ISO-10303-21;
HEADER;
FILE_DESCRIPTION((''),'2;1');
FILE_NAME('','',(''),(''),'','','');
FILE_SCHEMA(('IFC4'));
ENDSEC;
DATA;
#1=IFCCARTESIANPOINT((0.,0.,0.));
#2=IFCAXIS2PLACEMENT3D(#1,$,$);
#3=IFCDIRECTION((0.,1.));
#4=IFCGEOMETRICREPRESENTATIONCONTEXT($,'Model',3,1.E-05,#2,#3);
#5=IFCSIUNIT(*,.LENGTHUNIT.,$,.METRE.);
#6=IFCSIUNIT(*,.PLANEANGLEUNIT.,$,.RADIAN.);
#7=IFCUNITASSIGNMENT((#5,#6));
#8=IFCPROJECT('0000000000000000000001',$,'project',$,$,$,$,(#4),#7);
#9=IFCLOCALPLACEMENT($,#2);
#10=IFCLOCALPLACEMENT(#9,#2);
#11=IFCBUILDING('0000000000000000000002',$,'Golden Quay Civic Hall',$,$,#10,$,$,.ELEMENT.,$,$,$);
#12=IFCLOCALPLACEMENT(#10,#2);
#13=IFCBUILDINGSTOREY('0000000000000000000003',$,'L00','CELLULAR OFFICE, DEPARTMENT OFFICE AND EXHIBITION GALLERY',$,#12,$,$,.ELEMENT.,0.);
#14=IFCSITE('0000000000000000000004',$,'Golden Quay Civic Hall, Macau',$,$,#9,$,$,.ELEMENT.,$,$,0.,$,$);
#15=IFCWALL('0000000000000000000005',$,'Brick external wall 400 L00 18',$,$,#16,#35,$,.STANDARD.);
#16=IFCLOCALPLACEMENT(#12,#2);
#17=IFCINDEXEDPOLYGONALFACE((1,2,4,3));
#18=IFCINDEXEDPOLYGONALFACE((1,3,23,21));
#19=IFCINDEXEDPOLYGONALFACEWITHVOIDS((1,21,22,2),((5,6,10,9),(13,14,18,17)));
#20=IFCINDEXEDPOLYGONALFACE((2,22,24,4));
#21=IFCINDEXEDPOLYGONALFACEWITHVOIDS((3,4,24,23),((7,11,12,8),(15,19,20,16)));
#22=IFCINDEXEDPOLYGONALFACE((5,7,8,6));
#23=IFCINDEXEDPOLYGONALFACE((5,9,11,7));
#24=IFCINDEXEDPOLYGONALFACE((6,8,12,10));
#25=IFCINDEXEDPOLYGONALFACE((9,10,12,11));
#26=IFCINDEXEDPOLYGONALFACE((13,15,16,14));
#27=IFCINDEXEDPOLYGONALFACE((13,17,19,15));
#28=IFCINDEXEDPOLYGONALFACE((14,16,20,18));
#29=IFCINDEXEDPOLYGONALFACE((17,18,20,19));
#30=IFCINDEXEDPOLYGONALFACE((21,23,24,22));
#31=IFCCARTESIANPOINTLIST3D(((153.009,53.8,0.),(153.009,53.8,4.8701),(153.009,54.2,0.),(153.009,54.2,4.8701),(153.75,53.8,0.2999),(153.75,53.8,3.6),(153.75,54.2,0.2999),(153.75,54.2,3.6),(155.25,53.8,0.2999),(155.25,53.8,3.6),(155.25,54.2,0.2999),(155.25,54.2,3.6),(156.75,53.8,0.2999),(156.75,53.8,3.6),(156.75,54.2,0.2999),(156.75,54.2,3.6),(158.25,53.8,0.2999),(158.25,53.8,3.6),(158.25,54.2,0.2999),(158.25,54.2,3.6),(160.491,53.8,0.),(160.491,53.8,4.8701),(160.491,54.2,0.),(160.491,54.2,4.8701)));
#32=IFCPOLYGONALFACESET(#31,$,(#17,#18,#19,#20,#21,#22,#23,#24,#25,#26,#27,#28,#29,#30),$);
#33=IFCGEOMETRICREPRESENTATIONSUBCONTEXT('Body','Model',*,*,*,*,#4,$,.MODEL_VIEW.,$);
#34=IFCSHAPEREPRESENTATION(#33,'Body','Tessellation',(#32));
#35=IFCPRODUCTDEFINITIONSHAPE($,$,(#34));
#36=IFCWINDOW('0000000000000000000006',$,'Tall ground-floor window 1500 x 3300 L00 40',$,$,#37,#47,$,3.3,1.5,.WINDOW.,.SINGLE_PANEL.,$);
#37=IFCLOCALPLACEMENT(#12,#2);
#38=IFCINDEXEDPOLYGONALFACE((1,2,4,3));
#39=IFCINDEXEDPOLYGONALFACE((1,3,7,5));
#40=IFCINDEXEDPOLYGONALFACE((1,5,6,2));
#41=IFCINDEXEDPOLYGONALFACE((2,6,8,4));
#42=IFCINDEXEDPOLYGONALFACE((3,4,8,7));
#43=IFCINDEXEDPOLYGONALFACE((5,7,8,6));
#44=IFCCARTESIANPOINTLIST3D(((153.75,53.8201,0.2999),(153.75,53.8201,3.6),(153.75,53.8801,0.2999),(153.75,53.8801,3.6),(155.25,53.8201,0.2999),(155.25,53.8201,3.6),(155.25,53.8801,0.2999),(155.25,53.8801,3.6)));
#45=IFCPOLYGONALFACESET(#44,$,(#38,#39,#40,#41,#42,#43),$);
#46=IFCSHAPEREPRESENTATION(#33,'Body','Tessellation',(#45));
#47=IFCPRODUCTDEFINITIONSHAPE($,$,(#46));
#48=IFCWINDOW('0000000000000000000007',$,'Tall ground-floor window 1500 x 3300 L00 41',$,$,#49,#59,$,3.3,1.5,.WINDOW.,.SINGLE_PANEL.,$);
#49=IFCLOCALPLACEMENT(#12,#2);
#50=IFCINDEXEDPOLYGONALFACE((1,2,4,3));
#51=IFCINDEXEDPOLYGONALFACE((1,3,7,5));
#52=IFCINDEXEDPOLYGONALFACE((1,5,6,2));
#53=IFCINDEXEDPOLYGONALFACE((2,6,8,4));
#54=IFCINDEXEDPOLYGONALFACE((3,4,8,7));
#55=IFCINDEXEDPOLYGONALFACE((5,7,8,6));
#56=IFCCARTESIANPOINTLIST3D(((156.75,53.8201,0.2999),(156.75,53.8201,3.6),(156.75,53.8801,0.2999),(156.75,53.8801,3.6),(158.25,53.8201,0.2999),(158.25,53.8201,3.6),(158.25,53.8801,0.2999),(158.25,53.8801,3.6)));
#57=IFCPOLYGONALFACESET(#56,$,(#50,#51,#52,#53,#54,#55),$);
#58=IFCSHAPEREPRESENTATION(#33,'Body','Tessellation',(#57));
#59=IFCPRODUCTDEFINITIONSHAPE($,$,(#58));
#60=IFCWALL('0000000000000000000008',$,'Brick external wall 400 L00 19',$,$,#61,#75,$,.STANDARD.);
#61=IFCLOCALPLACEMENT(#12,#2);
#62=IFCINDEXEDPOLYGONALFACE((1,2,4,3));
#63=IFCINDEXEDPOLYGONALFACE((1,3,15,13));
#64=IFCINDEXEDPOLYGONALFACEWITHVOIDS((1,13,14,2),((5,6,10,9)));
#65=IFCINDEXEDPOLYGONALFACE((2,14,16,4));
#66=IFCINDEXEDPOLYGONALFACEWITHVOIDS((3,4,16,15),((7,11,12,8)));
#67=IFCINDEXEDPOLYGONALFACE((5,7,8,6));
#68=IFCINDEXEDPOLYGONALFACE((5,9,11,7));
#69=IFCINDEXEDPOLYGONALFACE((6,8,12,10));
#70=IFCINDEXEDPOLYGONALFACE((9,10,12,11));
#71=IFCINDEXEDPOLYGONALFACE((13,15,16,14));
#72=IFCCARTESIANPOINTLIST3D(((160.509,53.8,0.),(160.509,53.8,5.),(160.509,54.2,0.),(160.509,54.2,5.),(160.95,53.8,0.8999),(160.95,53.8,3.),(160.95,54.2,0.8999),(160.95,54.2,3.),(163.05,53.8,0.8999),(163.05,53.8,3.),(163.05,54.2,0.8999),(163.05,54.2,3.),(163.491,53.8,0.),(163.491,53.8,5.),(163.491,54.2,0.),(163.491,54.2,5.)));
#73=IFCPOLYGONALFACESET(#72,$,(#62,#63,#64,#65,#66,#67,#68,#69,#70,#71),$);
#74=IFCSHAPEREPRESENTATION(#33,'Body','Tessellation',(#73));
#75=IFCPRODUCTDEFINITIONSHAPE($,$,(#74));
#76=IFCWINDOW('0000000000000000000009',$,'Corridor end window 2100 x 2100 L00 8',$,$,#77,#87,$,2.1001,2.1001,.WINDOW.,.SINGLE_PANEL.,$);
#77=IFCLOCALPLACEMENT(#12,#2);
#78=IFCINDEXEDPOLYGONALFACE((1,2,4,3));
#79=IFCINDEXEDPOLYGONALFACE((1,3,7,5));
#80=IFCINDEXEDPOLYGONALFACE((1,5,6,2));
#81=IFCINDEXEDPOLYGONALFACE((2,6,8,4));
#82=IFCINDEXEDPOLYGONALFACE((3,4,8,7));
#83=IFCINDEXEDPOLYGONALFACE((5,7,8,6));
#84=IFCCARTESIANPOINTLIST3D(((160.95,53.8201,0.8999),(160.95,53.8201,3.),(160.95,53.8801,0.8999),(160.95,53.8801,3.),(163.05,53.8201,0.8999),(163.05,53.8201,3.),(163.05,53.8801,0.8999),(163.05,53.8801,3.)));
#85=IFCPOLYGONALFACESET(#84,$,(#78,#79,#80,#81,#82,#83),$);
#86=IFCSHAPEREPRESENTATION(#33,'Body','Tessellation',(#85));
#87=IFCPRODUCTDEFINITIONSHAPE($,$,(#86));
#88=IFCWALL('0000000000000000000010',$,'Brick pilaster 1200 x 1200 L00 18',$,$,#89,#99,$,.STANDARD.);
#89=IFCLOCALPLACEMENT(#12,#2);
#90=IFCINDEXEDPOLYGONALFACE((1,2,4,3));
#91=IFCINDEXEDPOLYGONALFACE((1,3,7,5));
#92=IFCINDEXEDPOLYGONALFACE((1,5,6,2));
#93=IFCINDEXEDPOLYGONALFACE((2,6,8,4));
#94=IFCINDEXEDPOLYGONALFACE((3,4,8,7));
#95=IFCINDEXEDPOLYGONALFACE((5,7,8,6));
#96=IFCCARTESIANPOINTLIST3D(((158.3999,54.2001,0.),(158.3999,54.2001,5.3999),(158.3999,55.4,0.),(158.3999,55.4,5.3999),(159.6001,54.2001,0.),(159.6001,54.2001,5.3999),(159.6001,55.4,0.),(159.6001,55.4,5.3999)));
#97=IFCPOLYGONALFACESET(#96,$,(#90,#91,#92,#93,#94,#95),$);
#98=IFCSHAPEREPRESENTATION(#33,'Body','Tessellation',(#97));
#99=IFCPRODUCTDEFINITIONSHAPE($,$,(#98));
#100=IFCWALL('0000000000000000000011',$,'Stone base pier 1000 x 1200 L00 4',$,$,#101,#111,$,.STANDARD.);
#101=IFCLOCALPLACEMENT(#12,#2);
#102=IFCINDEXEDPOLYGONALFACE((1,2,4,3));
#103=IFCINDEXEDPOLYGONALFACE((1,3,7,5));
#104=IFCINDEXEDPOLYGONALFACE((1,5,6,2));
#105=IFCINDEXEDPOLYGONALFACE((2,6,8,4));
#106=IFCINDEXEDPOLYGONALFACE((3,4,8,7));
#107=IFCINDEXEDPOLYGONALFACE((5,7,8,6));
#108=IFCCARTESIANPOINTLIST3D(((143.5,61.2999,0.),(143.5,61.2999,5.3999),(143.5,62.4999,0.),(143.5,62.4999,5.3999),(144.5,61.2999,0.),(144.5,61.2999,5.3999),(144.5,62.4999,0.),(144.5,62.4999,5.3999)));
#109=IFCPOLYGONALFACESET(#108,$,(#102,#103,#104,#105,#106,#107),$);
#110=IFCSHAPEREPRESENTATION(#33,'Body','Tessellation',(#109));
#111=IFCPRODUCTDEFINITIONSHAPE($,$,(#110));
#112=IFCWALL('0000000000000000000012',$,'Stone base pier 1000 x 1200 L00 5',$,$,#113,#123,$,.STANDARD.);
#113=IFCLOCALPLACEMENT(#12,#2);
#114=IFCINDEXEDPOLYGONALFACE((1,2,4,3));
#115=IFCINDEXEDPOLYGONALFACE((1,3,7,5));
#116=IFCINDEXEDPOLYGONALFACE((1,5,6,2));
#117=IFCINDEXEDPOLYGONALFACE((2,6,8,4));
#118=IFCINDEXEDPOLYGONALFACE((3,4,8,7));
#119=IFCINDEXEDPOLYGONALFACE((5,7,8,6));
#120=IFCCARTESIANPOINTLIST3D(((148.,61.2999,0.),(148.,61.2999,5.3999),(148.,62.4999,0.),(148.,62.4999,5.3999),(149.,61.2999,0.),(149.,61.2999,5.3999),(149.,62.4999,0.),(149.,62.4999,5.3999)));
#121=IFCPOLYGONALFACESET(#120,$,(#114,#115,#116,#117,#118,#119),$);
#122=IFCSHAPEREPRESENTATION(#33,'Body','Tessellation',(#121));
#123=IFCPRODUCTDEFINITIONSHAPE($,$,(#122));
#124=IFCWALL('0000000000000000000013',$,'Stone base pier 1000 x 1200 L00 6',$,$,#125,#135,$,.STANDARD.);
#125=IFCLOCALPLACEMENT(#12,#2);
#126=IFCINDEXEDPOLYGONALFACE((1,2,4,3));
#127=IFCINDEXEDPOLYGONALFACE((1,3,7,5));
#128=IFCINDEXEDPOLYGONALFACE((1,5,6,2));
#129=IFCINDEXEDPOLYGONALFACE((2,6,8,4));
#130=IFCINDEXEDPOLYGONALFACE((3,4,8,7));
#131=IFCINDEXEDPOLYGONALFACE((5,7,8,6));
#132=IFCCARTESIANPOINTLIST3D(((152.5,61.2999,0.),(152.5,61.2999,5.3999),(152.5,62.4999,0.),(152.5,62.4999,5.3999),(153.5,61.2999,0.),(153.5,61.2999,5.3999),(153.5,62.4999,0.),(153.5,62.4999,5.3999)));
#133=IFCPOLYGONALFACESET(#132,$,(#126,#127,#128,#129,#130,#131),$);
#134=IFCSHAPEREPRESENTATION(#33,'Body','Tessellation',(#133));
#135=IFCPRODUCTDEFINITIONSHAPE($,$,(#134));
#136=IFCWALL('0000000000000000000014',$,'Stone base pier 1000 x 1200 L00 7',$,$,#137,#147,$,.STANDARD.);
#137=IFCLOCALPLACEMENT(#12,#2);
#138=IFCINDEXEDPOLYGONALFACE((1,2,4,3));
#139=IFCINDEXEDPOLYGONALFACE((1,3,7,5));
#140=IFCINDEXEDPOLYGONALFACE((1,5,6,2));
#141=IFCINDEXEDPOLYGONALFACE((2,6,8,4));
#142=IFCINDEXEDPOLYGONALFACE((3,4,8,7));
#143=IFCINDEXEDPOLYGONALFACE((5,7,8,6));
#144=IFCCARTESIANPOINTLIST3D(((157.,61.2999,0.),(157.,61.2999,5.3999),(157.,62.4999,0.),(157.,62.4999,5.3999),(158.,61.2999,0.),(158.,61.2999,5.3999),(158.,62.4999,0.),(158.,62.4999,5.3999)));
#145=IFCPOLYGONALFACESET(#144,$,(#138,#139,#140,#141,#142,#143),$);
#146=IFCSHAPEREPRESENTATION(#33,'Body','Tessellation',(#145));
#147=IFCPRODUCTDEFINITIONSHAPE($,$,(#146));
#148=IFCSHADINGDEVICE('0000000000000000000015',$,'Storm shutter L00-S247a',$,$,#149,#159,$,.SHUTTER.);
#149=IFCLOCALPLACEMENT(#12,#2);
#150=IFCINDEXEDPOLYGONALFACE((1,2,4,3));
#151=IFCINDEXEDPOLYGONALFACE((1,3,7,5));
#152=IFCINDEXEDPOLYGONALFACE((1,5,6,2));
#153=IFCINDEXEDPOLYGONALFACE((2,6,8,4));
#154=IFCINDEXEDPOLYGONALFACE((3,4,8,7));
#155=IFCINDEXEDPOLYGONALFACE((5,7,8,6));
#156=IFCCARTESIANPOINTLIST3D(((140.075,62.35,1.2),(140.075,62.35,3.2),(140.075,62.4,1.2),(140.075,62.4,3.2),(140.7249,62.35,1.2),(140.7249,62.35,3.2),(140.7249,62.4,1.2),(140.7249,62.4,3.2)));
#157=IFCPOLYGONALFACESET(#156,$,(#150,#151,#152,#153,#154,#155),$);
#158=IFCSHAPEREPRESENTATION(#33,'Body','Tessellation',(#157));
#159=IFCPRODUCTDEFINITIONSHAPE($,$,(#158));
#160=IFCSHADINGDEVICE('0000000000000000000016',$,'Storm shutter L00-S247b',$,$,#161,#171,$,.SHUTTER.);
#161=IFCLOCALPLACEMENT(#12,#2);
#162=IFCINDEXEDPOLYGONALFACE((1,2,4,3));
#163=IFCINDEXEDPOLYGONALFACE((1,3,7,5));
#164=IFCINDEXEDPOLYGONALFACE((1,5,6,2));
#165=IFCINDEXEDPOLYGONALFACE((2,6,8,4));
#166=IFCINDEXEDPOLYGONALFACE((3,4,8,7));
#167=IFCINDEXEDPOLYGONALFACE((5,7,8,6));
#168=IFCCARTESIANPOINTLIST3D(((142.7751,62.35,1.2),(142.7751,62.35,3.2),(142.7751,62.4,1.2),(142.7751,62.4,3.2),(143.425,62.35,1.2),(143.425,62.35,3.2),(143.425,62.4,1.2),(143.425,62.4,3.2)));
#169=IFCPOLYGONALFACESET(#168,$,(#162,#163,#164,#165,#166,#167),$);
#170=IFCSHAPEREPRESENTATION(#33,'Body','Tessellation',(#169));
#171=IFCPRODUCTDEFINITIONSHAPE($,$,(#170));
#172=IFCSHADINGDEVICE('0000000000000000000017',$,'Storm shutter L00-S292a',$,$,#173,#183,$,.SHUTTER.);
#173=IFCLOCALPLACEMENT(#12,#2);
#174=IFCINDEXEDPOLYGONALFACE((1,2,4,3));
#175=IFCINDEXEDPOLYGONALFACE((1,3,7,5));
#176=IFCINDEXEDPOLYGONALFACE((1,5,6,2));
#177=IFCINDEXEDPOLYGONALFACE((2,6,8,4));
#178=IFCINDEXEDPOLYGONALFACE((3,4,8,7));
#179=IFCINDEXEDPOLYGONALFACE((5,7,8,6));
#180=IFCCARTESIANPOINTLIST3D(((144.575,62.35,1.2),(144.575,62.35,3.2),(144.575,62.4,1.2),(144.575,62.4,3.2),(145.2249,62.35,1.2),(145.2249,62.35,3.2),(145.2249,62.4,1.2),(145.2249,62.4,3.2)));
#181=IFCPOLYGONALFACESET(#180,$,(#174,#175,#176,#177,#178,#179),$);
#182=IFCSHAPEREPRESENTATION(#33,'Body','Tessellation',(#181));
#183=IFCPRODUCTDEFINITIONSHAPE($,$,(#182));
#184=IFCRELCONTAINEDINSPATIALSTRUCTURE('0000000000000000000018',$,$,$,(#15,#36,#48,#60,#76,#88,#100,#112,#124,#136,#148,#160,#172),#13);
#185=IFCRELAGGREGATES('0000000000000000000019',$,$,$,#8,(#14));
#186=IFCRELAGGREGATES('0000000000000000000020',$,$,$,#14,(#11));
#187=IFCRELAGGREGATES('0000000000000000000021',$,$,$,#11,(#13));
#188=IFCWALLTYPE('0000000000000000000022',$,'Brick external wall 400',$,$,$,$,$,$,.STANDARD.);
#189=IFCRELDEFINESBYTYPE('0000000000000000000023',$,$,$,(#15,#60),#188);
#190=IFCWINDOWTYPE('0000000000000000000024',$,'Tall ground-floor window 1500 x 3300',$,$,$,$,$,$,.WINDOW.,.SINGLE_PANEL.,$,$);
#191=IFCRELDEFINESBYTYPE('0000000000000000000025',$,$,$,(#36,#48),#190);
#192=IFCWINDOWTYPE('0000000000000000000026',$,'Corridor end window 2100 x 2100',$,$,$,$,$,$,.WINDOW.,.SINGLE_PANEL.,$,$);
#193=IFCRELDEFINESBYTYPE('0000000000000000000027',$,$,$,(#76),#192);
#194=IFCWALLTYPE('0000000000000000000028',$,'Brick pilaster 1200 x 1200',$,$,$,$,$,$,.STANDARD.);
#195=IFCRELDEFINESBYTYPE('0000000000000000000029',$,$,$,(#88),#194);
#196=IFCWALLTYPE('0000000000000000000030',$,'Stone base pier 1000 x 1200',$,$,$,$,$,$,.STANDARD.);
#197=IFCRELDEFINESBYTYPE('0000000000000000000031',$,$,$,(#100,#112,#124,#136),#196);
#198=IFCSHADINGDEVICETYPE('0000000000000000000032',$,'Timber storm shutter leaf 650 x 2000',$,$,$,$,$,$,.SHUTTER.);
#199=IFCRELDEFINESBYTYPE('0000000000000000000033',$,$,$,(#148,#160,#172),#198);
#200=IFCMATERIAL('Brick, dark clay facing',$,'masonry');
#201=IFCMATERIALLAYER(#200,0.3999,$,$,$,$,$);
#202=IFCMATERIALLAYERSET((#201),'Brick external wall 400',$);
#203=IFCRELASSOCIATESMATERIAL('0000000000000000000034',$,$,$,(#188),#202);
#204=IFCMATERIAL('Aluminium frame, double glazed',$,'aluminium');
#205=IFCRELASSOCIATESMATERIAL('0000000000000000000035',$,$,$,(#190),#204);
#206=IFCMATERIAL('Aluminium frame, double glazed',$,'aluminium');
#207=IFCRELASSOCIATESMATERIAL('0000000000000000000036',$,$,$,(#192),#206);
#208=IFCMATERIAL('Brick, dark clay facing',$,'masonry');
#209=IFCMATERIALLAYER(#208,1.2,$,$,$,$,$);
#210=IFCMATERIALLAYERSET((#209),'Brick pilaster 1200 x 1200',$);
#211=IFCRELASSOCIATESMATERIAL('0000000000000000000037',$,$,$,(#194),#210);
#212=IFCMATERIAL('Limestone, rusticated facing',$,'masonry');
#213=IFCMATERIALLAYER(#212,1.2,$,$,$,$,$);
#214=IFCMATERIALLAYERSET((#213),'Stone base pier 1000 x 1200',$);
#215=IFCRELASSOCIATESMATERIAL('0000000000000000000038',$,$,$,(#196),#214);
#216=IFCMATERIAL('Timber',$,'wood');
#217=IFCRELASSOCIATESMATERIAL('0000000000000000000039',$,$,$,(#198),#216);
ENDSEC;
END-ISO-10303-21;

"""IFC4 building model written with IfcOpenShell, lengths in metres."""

from ifc_helpers import new_model, si_unit, direction, frame, frame_2d, origin, origin_2d, place, context, subcontext, project, spatial, rectangle, extrude, material, layer, layer_set, type_object, element, fill, save


model = new_model("IFC4")

# Units and contexts
model_context = context("Model", 3, precision=1e-05, world=origin(), true_north=direction((0.0, 1.0)))
body_context = subcontext(model_context, "Body", "Model", "MODEL_VIEW")
ifc_project = project(units=[si_unit("LENGTHUNIT", "METRE"), si_unit("PLANEANGLEUNIT", "RADIAN")], contexts=[model_context])

# Site, building, storey
site_placement = place(None, origin())
site = spatial("IfcSite", under=ifc_project, at=site_placement, Name="Golden Quay Civic Hall, Macau", CompositionType="ELEMENT", RefElevation=0.0)
building_placement = place(site_placement, origin())
building = spatial("IfcBuilding", under=site, at=building_placement, Name="Golden Quay Civic Hall", CompositionType="ELEMENT")
storey_placement = place(building_placement, origin())
storey = spatial("IfcBuildingStorey", under=building, at=storey_placement, Name="L00", Description="CELLULAR OFFICE, DEPARTMENT OFFICE AND EXHIBITION GALLERY", CompositionType="ELEMENT", Elevation=0.0)

# Wall, openings, windows
ifc_material_1 = material(Name="Brick, dark clay facing", Category="masonry")
ifc_layer_1 = layer(ifc_material_1, 0.3999)
ifc_layer_set_1 = layer_set([ifc_layer_1], Name="Brick external wall 400")
wall_type_1 = type_object("IfcWallType", Name="Brick external wall 400", PredefinedType="STANDARD", material=ifc_layer_set_1)
wall_1_placement = place(storey_placement, frame((153.009, 54.0, 0.0), z_axis=(0.0, 0.0, 1.0), x_axis=(1.0, 0.0, 0.0)))
wall_1 = element("IfcWall", 1, at=wall_1_placement, inside=storey, type_object=wall_type_1, Name="Brick external wall 400 L00 18", PredefinedType="STANDARD", context=body_context, shape_type="SweptSolid", body=[
    extrude(rectangle(XDim=7.4819, YDim=0.3999, at=frame_2d((3.741, 0.0))), origin(), (0.0, 0.0, 1.0), 4.8701),
])
opening_1_placement = place(wall_1_placement, frame((0.741, 0.0, 0.3)))
opening_1 = element("IfcOpeningElement", 2, at=opening_1_placement, cuts=wall_1, PredefinedType="OPENING", context=body_context, shape_type="SweptSolid", body=[
    extrude(rectangle(XDim=1.5, YDim=3.3, at=frame_2d((0.75, 1.6499))), frame((0.0, 0.21, 0.0), z_axis=(0.0, -1.0, 0.0), x_axis=(1.0, 0.0, 0.0)), (0.0, 0.0, 1.0), 0.4199),
])
opening_2_placement = place(wall_1_placement, frame((3.741, 0.0, 0.3)))
opening_2 = element("IfcOpeningElement", 3, at=opening_2_placement, cuts=wall_1, PredefinedType="OPENING", context=body_context, shape_type="SweptSolid", body=[
    extrude(rectangle(XDim=1.5, YDim=3.3, at=frame_2d((0.75, 1.6499))), frame((0.0, 0.21, 0.0), z_axis=(0.0, -1.0, 0.0), x_axis=(1.0, 0.0, 0.0)), (0.0, 0.0, 1.0), 0.4199),
])
ifc_material_2 = material(Name="Aluminium frame, double glazed", Category="aluminium")
window_type_1 = type_object("IfcWindowType", Name="Tall ground-floor window 1500 x 3300", PartitioningType="SINGLE_PANEL", PredefinedType="WINDOW", material=ifc_material_2)
window_1_placement = place(opening_1_placement, origin())
window_1 = element("IfcWindow", 4, at=window_1_placement, inside=storey, type_object=window_type_1, Name="Tall ground-floor window 1500 x 3300 L00 40", OverallHeight=3.3, OverallWidth=1.5, PartitioningType="SINGLE_PANEL", PredefinedType="WINDOW", context=body_context, shape_type="SweptSolid", body=[
    extrude(rectangle(XDim=1.5, YDim=3.3, at=frame_2d((0.75, 1.6499))), frame((0.0, -0.1199, 0.0), z_axis=(0.0, -1.0, 0.0), x_axis=(1.0, 0.0, 0.0)), (0.0, 0.0, 1.0), 0.0601),
])
fill(opening_1, window_1)
window_2_placement = place(opening_2_placement, origin())
window_2 = element("IfcWindow", 5, at=window_2_placement, inside=storey, type_object=window_type_1, Name="Tall ground-floor window 1500 x 3300 L00 41", OverallHeight=3.3, OverallWidth=1.5, PartitioningType="SINGLE_PANEL", PredefinedType="WINDOW", context=body_context, shape_type="SweptSolid", body=[
    extrude(rectangle(XDim=1.5, YDim=3.3, at=frame_2d((0.75, 1.6499))), frame((0.0, -0.1199, 0.0), z_axis=(0.0, -1.0, 0.0), x_axis=(1.0, 0.0, 0.0)), (0.0, 0.0, 1.0), 0.0601),
])
fill(opening_2, window_2)

# Wall, opening, window
wall_2_placement = place(storey_placement, frame((160.509, 54.0, 0.0), z_axis=(0.0, 0.0, 1.0), x_axis=(1.0, 0.0, 0.0)))
wall_2 = element("IfcWall", 6, at=wall_2_placement, inside=storey, type_object=wall_type_1, Name="Brick external wall 400 L00 19", PredefinedType="STANDARD", context=body_context, shape_type="SweptSolid", body=[
    extrude(rectangle(XDim=2.9819, YDim=0.3999, at=frame_2d((1.491, 0.0))), origin(), (0.0, 0.0, 1.0), 5.0),
])
opening_3_placement = place(wall_2_placement, frame((0.4409, 0.0, 0.8999)))
opening_3 = element("IfcOpeningElement", 7, at=opening_3_placement, cuts=wall_2, PredefinedType="OPENING", context=body_context, shape_type="SweptSolid", body=[
    extrude(rectangle(XDim=2.1001, YDim=2.1001, at=frame_2d((1.05, 1.05))), frame((0.0, 0.21, 0.0), z_axis=(0.0, -1.0, 0.0), x_axis=(1.0, 0.0, 0.0)), (0.0, 0.0, 1.0), 0.4199),
])
ifc_material_3 = material(Name="Aluminium frame, double glazed", Category="aluminium")
window_type_2 = type_object("IfcWindowType", Name="Corridor end window 2100 x 2100", PartitioningType="SINGLE_PANEL", PredefinedType="WINDOW", material=ifc_material_3)
window_3_placement = place(opening_3_placement, origin())
window_3 = element("IfcWindow", 8, at=window_3_placement, inside=storey, type_object=window_type_2, Name="Corridor end window 2100 x 2100 L00 8", OverallHeight=2.1001, OverallWidth=2.1001, PartitioningType="SINGLE_PANEL", PredefinedType="WINDOW", context=body_context, shape_type="SweptSolid", body=[
    extrude(rectangle(XDim=2.1001, YDim=2.1001, at=frame_2d((1.05, 1.05))), frame((0.0, -0.1199, 0.0), z_axis=(0.0, -1.0, 0.0), x_axis=(1.0, 0.0, 0.0)), (0.0, 0.0, 1.0), 0.0601),
])
fill(opening_3, window_3)

# Walls
ifc_material_4 = material(Name="Brick, dark clay facing", Category="masonry")
ifc_layer_2 = layer(ifc_material_4, 1.2)
ifc_layer_set_2 = layer_set([ifc_layer_2], Name="Brick pilaster 1200 x 1200")
wall_type_2 = type_object("IfcWallType", Name="Brick pilaster 1200 x 1200", PredefinedType="STANDARD", material=ifc_layer_set_2)
wall_3_placement = place(storey_placement, frame((158.3999, 54.8, 0.0), z_axis=(0.0, 0.0, 1.0), x_axis=(1.0, 0.0, 0.0)))
element("IfcWall", 9, at=wall_3_placement, inside=storey, type_object=wall_type_2, Name="Brick pilaster 1200 x 1200 L00 18", PredefinedType="STANDARD", context=body_context, shape_type="SweptSolid", body=[
    extrude(rectangle(XDim=1.2002, YDim=1.2, at=frame_2d((0.6001, 0.0))), origin(), (0.0, 0.0, 1.0), 5.3999),
])
ifc_material_5 = material(Name="Limestone, rusticated facing", Category="masonry")
ifc_layer_3 = layer(ifc_material_5, 1.2)
ifc_layer_set_3 = layer_set([ifc_layer_3], Name="Stone base pier 1000 x 1200")
wall_type_3 = type_object("IfcWallType", Name="Stone base pier 1000 x 1200", PredefinedType="STANDARD", material=ifc_layer_set_3)
for number, where, z_axis, x_axis, name in (
    (10, (143.5, 61.8999, 0.0), (0.0, 0.0, 1.0), (1.0, 0.0, 0.0), "Stone base pier 1000 x 1200 L00 4"),
    (11, (148.0, 61.8999, 0.0), (0.0, 0.0, 1.0), (1.0, 0.0, 0.0), "Stone base pier 1000 x 1200 L00 5"),
    (12, (152.5, 61.8999, 0.0), (0.0, 0.0, 1.0), (1.0, 0.0, 0.0), "Stone base pier 1000 x 1200 L00 6"),
    (13, (157.0, 61.8999, 0.0), (0.0, 0.0, 1.0), (1.0, 0.0, 0.0), "Stone base pier 1000 x 1200 L00 7"),
):
    element("IfcWall", number, at=place(storey_placement, frame(where, z_axis=z_axis, x_axis=x_axis)), inside=storey, type_object=wall_type_3, Name=name, PredefinedType="STANDARD", context=body_context, shape_type="SweptSolid", body=[
        extrude(rectangle(XDim=1.0, YDim=1.2, at=frame_2d((0.5, 0.0))), origin(), (0.0, 0.0, 1.0), 5.3999),
    ])

# Shading devices
ifc_material_6 = material(Name="Timber", Category="wood")
shading_device_type = type_object("IfcShadingDeviceType", Name="Timber storm shutter leaf 650 x 2000", PredefinedType="SHUTTER", material=ifc_material_6)
for number, where, z_axis, x_axis, name in (
    (14, (140.3999, 62.375, 1.2), (0.0, 0.0, 1.0), (1.0, 0.0, 0.0), "Storm shutter L00-S247a"),
    (15, (143.1001, 62.375, 1.2), (0.0, 0.0, 1.0), (1.0, 0.0, 0.0), "Storm shutter L00-S247b"),
    (16, (144.8999, 62.375, 1.2), (0.0, 0.0, 1.0), (1.0, 0.0, 0.0), "Storm shutter L00-S292a"),
):
    element("IfcShadingDevice", number, at=place(storey_placement, frame(where, z_axis=z_axis, x_axis=x_axis)), inside=storey, type_object=shading_device_type, Name=name, PredefinedType="SHUTTER", context=body_context, shape_type="SweptSolid", body=[
        extrude(rectangle(XDim=0.6499, YDim=0.05, at=origin_2d()), origin(), (0.0, 0.0, 1.0), 2.0),
    ])

save(model, "model.ifc")
